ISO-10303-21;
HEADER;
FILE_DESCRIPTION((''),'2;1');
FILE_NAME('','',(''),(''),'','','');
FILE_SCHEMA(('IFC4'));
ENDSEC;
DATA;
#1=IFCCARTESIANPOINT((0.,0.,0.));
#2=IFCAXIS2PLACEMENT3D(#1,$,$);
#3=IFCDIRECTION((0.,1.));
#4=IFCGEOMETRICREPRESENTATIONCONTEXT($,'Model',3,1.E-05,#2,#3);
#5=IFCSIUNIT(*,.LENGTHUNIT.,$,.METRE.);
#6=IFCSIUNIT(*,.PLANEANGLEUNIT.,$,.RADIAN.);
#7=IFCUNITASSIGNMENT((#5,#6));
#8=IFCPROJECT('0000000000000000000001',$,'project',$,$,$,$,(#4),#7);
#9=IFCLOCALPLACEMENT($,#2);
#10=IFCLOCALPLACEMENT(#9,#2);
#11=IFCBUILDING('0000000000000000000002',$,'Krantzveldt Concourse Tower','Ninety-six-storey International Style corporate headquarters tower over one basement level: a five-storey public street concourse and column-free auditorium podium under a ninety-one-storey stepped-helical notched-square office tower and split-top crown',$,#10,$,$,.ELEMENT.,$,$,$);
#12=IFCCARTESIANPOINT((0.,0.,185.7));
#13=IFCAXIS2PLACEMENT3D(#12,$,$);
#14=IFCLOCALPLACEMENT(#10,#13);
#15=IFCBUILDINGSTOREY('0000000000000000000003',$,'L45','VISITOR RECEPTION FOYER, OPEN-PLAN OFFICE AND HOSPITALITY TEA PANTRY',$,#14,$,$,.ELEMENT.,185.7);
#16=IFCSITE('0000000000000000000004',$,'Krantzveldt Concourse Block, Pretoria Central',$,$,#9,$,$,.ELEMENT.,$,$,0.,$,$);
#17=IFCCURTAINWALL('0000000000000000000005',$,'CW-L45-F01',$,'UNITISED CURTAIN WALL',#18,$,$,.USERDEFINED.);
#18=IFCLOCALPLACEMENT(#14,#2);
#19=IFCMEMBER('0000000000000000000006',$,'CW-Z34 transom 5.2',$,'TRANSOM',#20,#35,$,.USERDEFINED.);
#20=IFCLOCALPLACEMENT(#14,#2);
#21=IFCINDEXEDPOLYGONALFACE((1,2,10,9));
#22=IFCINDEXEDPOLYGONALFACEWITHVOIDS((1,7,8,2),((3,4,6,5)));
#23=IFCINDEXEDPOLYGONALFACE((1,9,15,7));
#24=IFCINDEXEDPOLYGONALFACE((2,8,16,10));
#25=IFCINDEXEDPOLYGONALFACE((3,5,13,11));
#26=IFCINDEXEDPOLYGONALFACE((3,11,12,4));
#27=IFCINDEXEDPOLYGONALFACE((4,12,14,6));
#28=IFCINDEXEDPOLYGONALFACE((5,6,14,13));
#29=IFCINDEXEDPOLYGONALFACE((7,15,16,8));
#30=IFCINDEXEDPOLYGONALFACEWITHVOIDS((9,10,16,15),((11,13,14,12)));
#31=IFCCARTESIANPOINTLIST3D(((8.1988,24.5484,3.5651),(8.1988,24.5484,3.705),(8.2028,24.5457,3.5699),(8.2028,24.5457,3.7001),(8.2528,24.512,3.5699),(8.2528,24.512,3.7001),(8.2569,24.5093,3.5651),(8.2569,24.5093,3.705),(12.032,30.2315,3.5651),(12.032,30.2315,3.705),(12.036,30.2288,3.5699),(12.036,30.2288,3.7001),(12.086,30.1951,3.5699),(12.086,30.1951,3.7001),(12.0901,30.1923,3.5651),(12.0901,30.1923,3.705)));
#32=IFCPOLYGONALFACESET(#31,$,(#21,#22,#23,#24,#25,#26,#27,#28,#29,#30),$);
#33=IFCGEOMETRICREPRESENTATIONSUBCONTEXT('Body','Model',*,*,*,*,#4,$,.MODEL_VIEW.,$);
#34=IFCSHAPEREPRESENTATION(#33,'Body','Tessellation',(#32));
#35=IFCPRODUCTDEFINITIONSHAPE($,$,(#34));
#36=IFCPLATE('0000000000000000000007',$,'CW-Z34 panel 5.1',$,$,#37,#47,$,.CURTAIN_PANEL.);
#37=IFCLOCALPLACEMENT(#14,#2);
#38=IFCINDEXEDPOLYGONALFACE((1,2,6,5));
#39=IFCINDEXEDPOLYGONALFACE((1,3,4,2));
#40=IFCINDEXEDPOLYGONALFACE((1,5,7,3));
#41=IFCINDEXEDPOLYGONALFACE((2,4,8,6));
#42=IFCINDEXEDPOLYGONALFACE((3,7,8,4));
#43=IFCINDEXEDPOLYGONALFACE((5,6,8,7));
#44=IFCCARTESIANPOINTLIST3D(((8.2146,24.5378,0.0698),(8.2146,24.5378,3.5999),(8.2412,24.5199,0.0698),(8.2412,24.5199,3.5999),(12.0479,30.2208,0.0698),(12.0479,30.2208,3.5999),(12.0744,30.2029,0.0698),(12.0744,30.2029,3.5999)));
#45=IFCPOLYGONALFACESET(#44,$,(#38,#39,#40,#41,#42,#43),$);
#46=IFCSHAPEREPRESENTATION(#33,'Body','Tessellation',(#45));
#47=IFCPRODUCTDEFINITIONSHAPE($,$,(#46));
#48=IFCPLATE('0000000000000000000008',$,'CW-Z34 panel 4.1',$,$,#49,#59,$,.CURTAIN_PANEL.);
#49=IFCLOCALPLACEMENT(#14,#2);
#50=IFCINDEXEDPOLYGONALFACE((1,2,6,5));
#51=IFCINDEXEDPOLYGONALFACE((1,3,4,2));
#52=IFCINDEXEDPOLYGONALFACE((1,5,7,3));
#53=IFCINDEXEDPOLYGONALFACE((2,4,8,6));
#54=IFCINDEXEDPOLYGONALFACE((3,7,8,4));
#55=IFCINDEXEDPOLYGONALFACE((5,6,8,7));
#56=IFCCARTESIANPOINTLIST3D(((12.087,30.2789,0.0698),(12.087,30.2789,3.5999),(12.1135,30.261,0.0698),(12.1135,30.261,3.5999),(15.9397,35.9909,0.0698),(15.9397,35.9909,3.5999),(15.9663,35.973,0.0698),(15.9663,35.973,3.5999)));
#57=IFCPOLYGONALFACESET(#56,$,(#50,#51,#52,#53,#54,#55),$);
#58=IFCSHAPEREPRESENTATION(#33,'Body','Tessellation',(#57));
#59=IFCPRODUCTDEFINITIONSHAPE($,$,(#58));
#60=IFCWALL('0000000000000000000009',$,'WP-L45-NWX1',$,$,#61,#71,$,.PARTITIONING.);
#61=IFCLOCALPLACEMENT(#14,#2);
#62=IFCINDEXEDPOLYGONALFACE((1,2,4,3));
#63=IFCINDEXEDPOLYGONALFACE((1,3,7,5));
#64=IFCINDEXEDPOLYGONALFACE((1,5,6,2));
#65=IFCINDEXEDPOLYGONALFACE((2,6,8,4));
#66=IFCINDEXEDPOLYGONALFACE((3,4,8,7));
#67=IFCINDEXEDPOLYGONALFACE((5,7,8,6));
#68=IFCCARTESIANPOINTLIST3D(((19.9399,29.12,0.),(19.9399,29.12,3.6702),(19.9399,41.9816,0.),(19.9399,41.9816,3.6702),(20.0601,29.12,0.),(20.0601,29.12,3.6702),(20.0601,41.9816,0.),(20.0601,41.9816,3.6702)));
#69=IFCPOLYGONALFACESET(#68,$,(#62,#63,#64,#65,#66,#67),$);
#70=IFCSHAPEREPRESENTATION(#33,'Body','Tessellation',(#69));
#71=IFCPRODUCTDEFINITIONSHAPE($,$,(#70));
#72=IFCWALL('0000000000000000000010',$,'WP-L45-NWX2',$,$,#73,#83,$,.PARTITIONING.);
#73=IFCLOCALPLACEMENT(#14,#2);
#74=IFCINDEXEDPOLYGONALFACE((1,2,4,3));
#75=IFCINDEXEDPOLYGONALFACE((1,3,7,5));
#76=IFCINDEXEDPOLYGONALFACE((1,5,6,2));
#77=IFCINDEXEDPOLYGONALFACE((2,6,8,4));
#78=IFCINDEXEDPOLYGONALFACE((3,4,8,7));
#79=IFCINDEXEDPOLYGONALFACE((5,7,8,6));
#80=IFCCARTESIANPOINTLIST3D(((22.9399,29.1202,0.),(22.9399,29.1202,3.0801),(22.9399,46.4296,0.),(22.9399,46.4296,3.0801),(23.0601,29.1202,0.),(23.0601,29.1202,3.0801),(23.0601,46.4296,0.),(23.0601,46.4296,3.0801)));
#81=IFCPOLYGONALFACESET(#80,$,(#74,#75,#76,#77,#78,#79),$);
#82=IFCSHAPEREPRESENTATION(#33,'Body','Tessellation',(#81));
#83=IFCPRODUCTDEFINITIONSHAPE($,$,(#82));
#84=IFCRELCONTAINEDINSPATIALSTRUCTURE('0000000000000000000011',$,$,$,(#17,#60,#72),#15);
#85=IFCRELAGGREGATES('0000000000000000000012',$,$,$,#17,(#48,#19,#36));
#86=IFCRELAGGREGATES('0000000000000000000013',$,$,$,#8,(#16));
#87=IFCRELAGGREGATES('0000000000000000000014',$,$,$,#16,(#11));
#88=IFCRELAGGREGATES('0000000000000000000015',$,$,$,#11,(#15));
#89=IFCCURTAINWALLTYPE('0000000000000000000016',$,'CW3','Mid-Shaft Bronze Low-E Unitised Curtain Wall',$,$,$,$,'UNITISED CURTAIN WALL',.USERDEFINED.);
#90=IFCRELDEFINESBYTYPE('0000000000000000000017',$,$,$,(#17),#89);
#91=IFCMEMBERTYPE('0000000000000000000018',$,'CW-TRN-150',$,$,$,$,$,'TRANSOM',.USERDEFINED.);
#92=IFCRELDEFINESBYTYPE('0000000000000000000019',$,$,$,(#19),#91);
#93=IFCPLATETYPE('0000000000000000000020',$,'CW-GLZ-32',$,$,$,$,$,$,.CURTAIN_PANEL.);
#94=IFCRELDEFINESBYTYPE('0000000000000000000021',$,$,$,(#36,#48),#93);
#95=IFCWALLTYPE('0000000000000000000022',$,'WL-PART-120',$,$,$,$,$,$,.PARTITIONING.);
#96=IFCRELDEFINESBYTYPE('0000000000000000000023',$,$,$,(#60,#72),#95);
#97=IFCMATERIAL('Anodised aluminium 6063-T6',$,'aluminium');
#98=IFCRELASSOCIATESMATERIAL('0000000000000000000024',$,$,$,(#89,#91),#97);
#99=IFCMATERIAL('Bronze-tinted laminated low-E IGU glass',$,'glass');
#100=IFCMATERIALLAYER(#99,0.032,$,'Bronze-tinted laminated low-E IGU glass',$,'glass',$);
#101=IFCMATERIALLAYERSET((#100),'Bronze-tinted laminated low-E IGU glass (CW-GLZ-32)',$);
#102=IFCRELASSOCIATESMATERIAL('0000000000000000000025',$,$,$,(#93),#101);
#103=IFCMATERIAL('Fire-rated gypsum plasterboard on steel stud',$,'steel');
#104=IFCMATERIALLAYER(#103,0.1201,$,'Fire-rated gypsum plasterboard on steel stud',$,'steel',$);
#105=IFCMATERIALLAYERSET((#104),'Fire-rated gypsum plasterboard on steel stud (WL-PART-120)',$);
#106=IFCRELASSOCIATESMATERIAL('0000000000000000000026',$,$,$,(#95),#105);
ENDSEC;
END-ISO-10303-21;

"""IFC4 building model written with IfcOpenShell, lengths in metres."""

from ifc_helpers import new_model, si_unit, direction, frame, frame_2d, origin, origin_2d, place, context, subcontext, project, spatial, rectangle, hollow_rectangle, extrude, source, transform, mapped, material, layer, layer_set, material_profile, profile_set, type_object, type_shapes, element, aggregate, save


model = new_model("IFC4")

# Units and contexts
model_context = context("Model", 3, precision=1e-05, world=origin(), true_north=direction((0.0, 1.0)))
body_context = subcontext(model_context, "Body", "Model", "MODEL_VIEW")
ifc_project = project(units=[si_unit("LENGTHUNIT", "METRE"), si_unit("PLANEANGLEUNIT", "RADIAN")], contexts=[model_context])

# Site, building, storey
site_placement = place(None, origin())
site = spatial("IfcSite", under=ifc_project, at=site_placement, Name="Krantzveldt Concourse Block, Pretoria Central", CompositionType="ELEMENT", RefElevation=0.0)
building_placement = place(site_placement, origin())
building = spatial("IfcBuilding", under=site, at=building_placement, Name="Krantzveldt Concourse Tower", Description="Ninety-six-storey International Style corporate headquarters tower over one basement level: a five-storey public street concourse and column-free auditorium podium under a ninety-one-storey stepped-helical notched-square office tower and split-top crown", CompositionType="ELEMENT")
storey_placement = place(building_placement, frame((0.0, 0.0, 185.7)))
storey = spatial("IfcBuildingStorey", under=building, at=storey_placement, Name="L45", Description="VISITOR RECEPTION FOYER, OPEN-PLAN OFFICE AND HOSPITALITY TEA PANTRY", CompositionType="ELEMENT", Elevation=185.7)

# Curtain wall, member, plates
ifc_material_1 = material(Name="Anodised aluminium 6063-T6", Category="aluminium")
curtain_wall_type = type_object("IfcCurtainWallType", Name="CW3", Description="Mid-Shaft Bronze Low-E Unitised Curtain Wall", ElementType="UNITISED CURTAIN WALL", PredefinedType="USERDEFINED", material=ifc_material_1)
curtain_wall_placement = place(storey_placement, origin())
curtain_wall = element("IfcCurtainWall", 1, at=curtain_wall_placement, inside=storey, type_object=curtain_wall_type, Name="CW-L45-F01", ObjectType="UNITISED CURTAIN WALL", PredefinedType="USERDEFINED")
ifc_material_profile_1 = material_profile(ifc_material_1, hollow_rectangle(XDim=0.0701, YDim=0.1399, WallThickness=0.0049, at=origin_2d()), Name="Anodised aluminium 6063-T6", Category="aluminium")
ifc_profile_set_1 = profile_set([ifc_material_profile_1], Name="Anodised aluminium 6063-T6 - ALU-TRAN 140x70x5")
member_type_1 = type_object("IfcMemberType", Name="CW-TRN-150", ElementType="TRANSOM", PredefinedType="USERDEFINED", material=ifc_profile_set_1)
shared_shape_1 = source(origin(), body_context, "Body", "SweptSolid", [
    extrude(hollow_rectangle(XDim=0.0701, YDim=0.1399, WallThickness=0.0049, at=origin_2d()), origin(), (0.0, 0.0, 1.0), 6.855),
])
type_shapes(member_type_1, [shared_shape_1])
member_1_placement = place(storey_placement, frame((12.061, 30.2119, 3.635), z_axis=(-0.559188, -0.829041, 0.0), x_axis=(0.829041, -0.559188, 0.0)))
member_1 = element("IfcMember", 2, at=member_1_placement, type_object=member_type_1, Name="CW-Z34 transom 5.2", ObjectType="TRANSOM", PredefinedType="USERDEFINED", context=body_context, shape_type="MappedRepresentation", body=[
    mapped(shared_shape_1, transform((0.0, 0.0, 0.0), x_axis=(1.0, 0.0, 0.0), y_axis=(0.0, 1.0, 0.0), z_axis=(0.0, 0.0, 1.0), scale=1.0)),
])
ifc_material_2 = material(Name="Bronze-tinted laminated low-E IGU glass", Category="glass")
ifc_layer_1 = layer(ifc_material_2, 0.032, Name="Bronze-tinted laminated low-E IGU glass", Category="glass")
ifc_layer_set_1 = layer_set([ifc_layer_1], Name="Bronze-tinted laminated low-E IGU glass (CW-GLZ-32)")
plate_type = type_object("IfcPlateType", Name="CW-GLZ-32", PredefinedType="CURTAIN_PANEL", material=ifc_layer_set_1)
shared_shape_2 = source(origin(), body_context, "Body", "SweptSolid", [
    extrude(rectangle(XDim=6.855, YDim=0.032, at=origin_2d()), origin(), (0.0, 0.0, 1.0), 3.53),
])
plate_1_placement = place(storey_placement, frame((10.1445, 27.3704, 0.0698), z_axis=(0.0, 0.0, 1.0), x_axis=(-0.559193, -0.829038, 0.0)))
plate_1 = element("IfcPlate", 3, at=plate_1_placement, type_object=plate_type, Name="CW-Z34 panel 5.1", PredefinedType="CURTAIN_PANEL", context=body_context, shape_type="MappedRepresentation", body=[
    mapped(shared_shape_2, transform((0.0, 0.0, 0.0), x_axis=(1.0, 0.0, 0.0), y_axis=(0.0, 1.0, 0.0), z_axis=(0.0, 0.0, 1.0), scale=1.0)),
])
shared_shape_3 = source(origin(), body_context, "Body", "SweptSolid", [
    extrude(rectangle(XDim=6.8899, YDim=0.032, at=origin_2d()), origin(), (0.0, 0.0, 1.0), 3.53),
])
type_shapes(plate_type, [shared_shape_2, shared_shape_3])
plate_2_placement = place(storey_placement, frame((14.0266, 33.126, 0.0698), z_axis=(0.0, 0.0, 1.0), x_axis=(-0.559193, -0.829038, 0.0)))
plate_2 = element("IfcPlate", 4, at=plate_2_placement, type_object=plate_type, Name="CW-Z34 panel 4.1", PredefinedType="CURTAIN_PANEL", context=body_context, shape_type="MappedRepresentation", body=[
    mapped(shared_shape_3, transform((0.0, 0.0, 0.0), x_axis=(1.0, 0.0, 0.0), y_axis=(0.0, 1.0, 0.0), z_axis=(0.0, 0.0, 1.0), scale=1.0)),
])
aggregate(curtain_wall, [plate_2, member_1, plate_1])

# Walls
ifc_material_3 = material(Name="Fire-rated gypsum plasterboard on steel stud", Category="steel")
ifc_layer_2 = layer(ifc_material_3, 0.1201, Name="Fire-rated gypsum plasterboard on steel stud", Category="steel")
ifc_layer_set_2 = layer_set([ifc_layer_2], Name="Fire-rated gypsum plasterboard on steel stud (WL-PART-120)")
wall_type_1 = type_object("IfcWallType", Name="WL-PART-120", PredefinedType="PARTITIONING", material=ifc_layer_set_2)
wall_1_placement = place(storey_placement, frame((20.0, 29.1201, 0.0), z_axis=(0.0, 0.0, 1.0), x_axis=(0.0, 1.0, 0.0)))
element("IfcWall", 5, at=wall_1_placement, inside=storey, type_object=wall_type_1, Name="WP-L45-NWX1", PredefinedType="PARTITIONING", context=body_context, shape_type="SweptSolid", body=[
    extrude(rectangle(XDim=12.8616, YDim=0.1201, at=frame_2d((6.4307, 0.0))), origin(), (0.0, 0.0, 1.0), 3.6702),
])
wall_2_placement = place(storey_placement, frame((23.0, 29.1201, 0.0), z_axis=(0.0, 0.0, 1.0), x_axis=(0.0, 1.0, 0.0)))
element("IfcWall", 6, at=wall_2_placement, inside=storey, type_object=wall_type_1, Name="WP-L45-NWX2", PredefinedType="PARTITIONING", context=body_context, shape_type="SweptSolid", body=[
    extrude(rectangle(XDim=17.3093, YDim=0.1201, at=frame_2d((8.6548, 0.0))), origin(), (0.0, 0.0, 1.0), 3.0801),
])

save(model, "model.ifc")
